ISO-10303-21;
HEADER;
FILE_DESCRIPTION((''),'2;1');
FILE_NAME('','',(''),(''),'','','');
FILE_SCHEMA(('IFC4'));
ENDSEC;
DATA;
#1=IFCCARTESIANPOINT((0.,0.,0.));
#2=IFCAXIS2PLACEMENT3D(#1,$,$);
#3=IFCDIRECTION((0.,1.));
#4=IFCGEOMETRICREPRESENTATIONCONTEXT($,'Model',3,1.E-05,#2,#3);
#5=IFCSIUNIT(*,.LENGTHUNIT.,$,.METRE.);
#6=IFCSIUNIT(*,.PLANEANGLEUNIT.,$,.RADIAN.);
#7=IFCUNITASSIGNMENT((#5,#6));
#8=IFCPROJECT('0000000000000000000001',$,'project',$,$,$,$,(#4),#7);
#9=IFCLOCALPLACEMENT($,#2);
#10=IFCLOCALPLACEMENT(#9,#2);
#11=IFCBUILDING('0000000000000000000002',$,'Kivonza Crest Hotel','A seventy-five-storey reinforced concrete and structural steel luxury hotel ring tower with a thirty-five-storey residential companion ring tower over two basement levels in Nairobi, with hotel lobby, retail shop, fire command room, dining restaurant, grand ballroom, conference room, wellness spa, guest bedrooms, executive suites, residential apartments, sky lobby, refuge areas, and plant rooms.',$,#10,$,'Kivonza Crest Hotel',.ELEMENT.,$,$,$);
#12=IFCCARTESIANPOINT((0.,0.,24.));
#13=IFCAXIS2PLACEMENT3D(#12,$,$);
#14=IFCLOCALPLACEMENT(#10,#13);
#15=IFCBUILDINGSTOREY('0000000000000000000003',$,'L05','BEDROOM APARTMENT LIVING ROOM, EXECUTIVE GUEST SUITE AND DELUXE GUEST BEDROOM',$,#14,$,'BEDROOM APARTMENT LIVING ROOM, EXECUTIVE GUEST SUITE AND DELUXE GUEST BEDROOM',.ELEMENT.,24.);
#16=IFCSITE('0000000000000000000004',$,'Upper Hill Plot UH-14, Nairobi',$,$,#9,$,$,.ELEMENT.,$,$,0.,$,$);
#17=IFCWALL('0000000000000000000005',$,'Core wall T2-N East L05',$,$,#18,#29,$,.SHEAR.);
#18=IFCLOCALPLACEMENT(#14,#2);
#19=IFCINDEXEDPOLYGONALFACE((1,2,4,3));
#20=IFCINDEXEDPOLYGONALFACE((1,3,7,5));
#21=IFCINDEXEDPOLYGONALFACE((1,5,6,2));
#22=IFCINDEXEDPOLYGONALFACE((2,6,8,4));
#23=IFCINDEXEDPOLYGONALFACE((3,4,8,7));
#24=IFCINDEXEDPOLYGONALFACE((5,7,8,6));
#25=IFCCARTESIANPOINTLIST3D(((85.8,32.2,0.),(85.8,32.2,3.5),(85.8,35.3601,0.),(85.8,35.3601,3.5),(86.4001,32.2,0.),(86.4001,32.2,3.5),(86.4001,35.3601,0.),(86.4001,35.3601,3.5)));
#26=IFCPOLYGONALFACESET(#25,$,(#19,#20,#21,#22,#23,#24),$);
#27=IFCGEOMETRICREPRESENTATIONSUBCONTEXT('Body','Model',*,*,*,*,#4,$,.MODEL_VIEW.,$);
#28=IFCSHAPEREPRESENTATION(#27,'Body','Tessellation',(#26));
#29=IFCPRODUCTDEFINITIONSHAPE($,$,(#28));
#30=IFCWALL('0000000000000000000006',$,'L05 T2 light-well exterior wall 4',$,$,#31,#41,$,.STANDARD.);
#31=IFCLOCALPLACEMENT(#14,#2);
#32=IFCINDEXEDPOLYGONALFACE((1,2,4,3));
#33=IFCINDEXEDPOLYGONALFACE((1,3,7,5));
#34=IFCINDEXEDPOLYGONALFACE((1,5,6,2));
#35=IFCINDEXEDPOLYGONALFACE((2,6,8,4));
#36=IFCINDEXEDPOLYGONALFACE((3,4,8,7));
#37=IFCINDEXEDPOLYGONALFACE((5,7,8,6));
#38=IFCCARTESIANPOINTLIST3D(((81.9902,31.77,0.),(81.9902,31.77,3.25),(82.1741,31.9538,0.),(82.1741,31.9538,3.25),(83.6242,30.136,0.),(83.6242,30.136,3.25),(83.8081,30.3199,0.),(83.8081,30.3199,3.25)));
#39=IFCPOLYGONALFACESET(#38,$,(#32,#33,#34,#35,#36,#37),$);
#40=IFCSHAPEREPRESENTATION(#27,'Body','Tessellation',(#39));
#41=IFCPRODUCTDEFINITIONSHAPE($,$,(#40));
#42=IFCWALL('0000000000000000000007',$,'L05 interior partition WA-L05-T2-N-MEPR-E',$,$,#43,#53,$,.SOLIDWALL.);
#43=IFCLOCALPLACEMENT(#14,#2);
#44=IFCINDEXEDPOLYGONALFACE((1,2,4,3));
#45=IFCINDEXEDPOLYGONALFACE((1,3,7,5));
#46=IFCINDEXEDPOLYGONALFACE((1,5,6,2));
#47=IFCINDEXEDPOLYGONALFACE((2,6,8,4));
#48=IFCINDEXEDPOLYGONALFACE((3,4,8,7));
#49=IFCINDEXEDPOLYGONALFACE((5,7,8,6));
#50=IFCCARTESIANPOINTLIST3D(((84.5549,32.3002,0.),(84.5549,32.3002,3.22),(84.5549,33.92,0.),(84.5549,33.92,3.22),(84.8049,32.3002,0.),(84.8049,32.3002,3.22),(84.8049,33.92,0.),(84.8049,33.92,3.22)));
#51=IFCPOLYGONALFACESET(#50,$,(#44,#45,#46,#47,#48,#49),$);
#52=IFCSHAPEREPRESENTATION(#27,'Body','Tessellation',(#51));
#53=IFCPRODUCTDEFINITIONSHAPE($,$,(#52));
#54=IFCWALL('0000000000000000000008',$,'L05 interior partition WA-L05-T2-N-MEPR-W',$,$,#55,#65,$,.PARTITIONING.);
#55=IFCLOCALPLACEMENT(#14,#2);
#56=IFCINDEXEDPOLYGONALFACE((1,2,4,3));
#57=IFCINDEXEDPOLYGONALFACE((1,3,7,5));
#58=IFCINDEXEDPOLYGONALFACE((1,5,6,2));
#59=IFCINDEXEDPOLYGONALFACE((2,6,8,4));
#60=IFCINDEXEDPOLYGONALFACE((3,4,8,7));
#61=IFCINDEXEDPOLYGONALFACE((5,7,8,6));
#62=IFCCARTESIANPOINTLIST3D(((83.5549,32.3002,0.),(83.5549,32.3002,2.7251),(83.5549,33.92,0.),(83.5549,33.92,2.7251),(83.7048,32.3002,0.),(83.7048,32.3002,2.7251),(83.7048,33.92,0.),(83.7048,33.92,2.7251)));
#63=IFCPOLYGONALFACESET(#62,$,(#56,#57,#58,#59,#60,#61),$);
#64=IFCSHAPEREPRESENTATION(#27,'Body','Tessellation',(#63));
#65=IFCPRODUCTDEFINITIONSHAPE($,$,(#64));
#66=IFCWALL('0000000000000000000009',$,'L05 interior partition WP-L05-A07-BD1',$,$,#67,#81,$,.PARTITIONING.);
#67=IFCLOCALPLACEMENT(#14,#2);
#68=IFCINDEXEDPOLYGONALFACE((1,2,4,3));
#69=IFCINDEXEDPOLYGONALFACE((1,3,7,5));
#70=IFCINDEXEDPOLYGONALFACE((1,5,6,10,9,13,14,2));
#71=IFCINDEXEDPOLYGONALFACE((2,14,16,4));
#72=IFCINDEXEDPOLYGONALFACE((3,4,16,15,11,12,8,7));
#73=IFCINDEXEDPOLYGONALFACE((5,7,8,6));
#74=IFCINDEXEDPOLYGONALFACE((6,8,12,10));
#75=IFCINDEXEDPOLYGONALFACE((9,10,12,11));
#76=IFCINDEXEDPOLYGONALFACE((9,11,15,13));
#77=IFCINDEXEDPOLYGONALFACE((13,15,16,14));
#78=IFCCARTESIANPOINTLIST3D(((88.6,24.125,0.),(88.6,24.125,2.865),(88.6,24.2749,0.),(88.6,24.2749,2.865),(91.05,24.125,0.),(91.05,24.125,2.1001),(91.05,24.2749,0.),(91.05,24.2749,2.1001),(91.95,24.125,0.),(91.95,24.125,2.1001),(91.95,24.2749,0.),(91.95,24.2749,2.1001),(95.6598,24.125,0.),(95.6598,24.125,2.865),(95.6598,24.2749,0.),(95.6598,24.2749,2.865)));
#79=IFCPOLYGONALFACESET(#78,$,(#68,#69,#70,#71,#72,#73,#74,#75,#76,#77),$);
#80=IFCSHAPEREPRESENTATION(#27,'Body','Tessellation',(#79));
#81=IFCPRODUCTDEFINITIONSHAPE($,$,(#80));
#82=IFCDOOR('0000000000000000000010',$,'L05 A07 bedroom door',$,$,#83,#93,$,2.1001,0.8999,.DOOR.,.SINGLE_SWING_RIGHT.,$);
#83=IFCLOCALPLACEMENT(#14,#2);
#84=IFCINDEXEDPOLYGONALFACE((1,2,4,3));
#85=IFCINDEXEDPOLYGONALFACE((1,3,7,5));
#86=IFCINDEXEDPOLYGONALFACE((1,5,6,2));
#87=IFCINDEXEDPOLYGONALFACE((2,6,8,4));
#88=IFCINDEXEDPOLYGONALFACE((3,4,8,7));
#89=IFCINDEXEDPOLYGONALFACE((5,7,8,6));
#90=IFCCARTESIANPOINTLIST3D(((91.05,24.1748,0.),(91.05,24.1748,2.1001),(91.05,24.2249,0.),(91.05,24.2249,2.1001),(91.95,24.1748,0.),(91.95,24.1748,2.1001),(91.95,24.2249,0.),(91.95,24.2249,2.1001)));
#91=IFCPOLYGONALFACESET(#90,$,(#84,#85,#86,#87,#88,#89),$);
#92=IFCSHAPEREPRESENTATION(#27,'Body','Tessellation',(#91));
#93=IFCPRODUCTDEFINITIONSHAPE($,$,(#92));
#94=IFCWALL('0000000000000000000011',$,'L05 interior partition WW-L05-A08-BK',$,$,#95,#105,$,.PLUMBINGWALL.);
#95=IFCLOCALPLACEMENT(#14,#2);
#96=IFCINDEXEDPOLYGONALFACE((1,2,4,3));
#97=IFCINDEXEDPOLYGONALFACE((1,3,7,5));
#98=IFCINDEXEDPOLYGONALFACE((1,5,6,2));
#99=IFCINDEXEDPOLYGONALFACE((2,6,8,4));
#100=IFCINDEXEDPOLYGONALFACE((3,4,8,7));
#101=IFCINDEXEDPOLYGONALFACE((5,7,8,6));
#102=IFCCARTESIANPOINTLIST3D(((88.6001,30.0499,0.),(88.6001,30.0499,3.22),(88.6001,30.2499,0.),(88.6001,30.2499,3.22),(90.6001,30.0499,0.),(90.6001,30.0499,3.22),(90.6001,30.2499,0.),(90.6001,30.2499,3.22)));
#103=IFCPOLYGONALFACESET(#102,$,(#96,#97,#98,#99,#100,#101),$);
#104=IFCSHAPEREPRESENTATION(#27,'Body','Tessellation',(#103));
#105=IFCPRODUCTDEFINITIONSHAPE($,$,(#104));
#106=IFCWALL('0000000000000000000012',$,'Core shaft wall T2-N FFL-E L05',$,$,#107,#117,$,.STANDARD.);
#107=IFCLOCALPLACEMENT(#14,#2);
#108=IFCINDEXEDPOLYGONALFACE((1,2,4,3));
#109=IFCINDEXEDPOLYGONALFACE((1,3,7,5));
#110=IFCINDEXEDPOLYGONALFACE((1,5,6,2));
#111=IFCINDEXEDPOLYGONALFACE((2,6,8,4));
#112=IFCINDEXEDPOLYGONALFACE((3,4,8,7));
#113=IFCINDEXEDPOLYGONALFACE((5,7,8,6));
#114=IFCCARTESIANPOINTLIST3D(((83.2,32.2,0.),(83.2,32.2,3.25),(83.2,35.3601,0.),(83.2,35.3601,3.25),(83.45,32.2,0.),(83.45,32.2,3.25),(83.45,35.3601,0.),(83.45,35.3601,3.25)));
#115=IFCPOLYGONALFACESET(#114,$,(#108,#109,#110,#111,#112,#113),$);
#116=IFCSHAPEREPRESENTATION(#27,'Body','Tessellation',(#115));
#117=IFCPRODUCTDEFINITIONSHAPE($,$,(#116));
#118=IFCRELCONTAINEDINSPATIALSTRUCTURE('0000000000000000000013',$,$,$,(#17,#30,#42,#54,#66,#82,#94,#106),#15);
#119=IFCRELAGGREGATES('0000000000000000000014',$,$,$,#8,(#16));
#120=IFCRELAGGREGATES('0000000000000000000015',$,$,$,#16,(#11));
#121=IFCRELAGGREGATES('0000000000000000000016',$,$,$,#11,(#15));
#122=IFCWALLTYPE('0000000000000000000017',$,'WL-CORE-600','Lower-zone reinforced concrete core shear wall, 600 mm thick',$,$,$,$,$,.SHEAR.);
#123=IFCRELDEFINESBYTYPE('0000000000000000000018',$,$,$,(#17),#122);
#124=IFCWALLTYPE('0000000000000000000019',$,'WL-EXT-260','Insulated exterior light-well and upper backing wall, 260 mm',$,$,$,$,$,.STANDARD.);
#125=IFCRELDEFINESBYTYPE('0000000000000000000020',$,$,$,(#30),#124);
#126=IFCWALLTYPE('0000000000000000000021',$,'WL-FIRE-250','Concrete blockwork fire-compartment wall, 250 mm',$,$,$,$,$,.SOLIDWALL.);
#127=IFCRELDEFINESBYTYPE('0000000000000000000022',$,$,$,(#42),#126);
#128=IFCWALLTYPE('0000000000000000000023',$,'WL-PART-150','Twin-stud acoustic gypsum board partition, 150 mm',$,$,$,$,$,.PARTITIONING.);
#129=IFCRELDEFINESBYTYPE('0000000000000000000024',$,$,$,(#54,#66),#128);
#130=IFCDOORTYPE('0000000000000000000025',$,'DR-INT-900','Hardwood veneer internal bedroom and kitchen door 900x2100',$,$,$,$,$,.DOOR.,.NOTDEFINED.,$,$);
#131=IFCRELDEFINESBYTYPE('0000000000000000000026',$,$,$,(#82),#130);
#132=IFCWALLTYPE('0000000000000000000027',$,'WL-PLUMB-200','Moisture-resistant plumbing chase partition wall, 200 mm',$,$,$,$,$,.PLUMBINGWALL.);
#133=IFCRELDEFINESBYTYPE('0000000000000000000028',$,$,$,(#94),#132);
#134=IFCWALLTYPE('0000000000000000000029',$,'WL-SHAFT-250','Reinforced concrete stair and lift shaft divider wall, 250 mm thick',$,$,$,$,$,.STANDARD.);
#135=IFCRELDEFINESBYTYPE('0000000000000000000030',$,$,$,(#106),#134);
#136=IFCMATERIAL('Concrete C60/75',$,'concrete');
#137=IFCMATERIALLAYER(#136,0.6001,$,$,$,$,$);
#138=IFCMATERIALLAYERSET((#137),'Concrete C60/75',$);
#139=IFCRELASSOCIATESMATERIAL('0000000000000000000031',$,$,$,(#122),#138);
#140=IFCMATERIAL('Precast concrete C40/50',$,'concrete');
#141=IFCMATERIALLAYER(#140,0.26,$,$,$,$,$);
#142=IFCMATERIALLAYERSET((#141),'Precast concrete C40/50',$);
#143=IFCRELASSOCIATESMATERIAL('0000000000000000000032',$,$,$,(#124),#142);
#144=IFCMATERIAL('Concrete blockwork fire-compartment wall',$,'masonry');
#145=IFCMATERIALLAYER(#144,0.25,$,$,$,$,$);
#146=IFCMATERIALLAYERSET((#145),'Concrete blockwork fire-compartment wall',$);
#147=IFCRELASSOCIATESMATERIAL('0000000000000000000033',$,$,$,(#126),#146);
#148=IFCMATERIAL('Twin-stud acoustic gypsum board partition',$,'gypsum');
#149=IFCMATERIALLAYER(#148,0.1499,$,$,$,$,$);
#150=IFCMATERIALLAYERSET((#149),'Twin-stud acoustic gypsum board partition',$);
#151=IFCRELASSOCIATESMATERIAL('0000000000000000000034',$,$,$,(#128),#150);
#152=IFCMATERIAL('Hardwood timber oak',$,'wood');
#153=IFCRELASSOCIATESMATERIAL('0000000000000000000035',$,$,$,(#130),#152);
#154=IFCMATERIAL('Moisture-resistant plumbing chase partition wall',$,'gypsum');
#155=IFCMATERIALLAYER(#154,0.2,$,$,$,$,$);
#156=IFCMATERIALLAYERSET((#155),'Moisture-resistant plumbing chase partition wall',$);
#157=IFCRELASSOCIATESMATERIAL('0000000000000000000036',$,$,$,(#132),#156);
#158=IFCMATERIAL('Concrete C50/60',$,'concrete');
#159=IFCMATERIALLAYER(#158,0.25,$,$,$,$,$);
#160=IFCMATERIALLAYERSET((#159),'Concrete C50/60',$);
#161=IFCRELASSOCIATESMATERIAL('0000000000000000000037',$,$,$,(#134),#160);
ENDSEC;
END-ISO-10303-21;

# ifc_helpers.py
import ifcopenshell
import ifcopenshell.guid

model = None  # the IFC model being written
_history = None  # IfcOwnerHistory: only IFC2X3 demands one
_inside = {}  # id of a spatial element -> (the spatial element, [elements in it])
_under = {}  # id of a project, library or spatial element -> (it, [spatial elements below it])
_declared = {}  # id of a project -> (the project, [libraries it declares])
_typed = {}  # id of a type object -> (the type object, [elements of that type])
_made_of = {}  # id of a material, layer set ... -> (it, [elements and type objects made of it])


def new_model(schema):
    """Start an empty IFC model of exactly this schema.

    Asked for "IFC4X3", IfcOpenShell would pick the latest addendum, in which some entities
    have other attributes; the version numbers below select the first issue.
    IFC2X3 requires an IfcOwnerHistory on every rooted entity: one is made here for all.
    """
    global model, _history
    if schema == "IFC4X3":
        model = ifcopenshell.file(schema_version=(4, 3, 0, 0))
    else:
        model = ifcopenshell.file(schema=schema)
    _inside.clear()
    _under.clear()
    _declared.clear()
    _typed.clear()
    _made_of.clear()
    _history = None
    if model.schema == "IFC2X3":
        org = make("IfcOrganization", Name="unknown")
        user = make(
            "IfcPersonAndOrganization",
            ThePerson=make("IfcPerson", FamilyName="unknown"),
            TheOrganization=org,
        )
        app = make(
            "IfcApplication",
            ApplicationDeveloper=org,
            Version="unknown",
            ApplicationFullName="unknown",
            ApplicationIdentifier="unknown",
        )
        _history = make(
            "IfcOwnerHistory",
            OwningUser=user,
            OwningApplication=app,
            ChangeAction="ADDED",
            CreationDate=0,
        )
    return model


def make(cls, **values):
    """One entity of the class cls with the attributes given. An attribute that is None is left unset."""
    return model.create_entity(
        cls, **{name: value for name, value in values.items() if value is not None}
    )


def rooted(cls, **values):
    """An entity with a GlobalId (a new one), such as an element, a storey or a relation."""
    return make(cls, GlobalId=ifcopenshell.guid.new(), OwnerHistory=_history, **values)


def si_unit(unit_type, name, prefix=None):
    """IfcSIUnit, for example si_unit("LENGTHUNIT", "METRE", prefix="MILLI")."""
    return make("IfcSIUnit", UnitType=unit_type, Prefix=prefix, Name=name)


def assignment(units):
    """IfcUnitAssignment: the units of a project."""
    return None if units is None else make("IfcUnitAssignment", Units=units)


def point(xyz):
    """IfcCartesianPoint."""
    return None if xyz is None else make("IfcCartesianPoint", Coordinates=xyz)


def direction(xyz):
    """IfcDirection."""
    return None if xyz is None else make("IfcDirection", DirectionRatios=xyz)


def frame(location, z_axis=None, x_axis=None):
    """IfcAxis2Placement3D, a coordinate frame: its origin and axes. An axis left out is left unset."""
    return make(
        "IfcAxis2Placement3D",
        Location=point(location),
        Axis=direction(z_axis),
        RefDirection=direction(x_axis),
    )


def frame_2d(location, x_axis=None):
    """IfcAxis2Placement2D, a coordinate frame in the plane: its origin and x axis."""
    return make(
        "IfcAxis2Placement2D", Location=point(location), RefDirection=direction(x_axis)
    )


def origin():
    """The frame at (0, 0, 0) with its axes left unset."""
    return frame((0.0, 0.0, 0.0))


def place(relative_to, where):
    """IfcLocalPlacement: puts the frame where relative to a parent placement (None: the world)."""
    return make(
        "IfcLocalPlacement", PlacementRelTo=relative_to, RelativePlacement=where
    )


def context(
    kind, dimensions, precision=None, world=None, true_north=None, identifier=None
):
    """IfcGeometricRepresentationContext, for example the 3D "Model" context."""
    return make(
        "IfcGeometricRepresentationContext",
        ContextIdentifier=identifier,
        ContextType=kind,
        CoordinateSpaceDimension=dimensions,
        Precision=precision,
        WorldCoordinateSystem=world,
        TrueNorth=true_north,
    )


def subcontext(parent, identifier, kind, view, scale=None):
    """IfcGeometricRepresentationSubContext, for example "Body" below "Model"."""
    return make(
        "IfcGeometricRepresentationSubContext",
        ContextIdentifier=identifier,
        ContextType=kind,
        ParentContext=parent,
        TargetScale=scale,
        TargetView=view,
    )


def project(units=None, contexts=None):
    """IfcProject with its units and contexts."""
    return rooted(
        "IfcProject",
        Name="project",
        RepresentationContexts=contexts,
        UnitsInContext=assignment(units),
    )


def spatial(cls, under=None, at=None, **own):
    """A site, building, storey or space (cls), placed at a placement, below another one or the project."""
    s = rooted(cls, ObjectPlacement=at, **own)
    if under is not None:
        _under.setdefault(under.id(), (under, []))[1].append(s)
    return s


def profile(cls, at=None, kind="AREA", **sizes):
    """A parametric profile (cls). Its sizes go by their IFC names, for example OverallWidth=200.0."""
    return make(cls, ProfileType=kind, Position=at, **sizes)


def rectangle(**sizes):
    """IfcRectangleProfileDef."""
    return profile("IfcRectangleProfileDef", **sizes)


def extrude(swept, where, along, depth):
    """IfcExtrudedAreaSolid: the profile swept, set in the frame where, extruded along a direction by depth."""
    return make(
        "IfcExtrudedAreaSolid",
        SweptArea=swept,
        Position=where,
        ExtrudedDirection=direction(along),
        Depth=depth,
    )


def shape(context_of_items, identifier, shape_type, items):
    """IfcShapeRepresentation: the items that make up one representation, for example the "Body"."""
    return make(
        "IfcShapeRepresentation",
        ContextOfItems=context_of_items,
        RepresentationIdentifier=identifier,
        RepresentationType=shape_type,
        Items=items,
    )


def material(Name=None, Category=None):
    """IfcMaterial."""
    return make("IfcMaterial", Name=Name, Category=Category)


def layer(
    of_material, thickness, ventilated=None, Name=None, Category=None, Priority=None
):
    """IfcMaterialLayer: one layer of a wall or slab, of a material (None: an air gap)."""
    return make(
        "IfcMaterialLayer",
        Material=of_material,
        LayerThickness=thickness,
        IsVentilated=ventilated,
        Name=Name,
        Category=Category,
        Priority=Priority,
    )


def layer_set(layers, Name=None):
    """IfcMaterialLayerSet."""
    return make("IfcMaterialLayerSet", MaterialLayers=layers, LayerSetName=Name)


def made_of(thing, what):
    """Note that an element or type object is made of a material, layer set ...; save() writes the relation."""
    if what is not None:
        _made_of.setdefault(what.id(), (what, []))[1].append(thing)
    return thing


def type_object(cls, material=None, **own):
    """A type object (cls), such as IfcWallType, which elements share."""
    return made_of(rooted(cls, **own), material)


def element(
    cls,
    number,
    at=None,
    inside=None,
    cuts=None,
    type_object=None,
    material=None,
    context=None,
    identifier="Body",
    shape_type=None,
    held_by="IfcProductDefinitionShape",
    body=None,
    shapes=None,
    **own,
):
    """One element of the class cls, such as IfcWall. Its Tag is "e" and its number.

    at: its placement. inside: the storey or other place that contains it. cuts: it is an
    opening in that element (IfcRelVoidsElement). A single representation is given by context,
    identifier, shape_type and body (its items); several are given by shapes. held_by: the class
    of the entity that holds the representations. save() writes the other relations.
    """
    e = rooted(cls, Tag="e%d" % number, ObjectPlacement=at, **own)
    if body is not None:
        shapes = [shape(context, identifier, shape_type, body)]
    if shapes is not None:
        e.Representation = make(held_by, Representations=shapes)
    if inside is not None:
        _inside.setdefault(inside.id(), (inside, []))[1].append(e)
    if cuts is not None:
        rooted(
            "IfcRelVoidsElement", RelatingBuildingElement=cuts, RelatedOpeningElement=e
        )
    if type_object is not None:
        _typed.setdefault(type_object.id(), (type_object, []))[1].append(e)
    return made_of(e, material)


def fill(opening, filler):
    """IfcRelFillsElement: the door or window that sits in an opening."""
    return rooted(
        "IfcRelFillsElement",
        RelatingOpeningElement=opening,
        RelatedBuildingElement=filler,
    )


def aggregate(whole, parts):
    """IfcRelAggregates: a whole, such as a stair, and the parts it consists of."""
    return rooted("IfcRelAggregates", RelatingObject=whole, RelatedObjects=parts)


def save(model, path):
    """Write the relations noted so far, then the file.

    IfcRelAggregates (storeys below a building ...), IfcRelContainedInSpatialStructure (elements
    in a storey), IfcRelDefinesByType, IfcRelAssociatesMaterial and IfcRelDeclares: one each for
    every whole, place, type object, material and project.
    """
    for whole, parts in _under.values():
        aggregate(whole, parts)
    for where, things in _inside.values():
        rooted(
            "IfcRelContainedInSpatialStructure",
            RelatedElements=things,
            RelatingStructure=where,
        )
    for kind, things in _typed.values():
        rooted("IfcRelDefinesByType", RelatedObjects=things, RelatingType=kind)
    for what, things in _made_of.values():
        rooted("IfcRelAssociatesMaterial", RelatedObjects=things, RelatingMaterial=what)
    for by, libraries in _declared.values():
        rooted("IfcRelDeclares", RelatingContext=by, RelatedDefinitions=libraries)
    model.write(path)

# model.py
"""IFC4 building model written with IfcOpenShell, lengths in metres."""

from ifc_helpers import new_model, si_unit, direction, frame, frame_2d, origin, place, context, subcontext, project, spatial, rectangle, extrude, material, layer, layer_set, type_object, element, fill, save


model = new_model("IFC4")

# Units and contexts
model_context = context("Model", 3, precision=1e-05, world=origin(), true_north=direction((0.0, 1.0)))
body_context = subcontext(model_context, "Body", "Model", "MODEL_VIEW")
ifc_project = project(units=[si_unit("LENGTHUNIT", "METRE"), si_unit("PLANEANGLEUNIT", "RADIAN")], contexts=[model_context])

# Site, building, storey
site_placement = place(None, origin())
site = spatial("IfcSite", under=ifc_project, at=site_placement, Name="Upper Hill Plot UH-14, Nairobi", CompositionType="ELEMENT", RefElevation=0.0)
building_placement = place(site_placement, origin())
building = spatial("IfcBuilding", under=site, at=building_placement, Name="Kivonza Crest Hotel", Description="A seventy-five-storey reinforced concrete and structural steel luxury hotel ring tower with a thirty-five-storey residential companion ring tower over two basement levels in Nairobi, with hotel lobby, retail shop, fire command room, dining restaurant, grand ballroom, conference room, wellness spa, guest bedrooms, executive suites, residential apartments, sky lobby, refuge areas, and plant rooms.", LongName="Kivonza Crest Hotel", CompositionType="ELEMENT")
storey_placement = place(building_placement, frame((0.0, 0.0, 24.0)))
storey = spatial("IfcBuildingStorey", under=building, at=storey_placement, Name="L05", Description="BEDROOM APARTMENT LIVING ROOM, EXECUTIVE GUEST SUITE AND DELUXE GUEST BEDROOM", LongName="BEDROOM APARTMENT LIVING ROOM, EXECUTIVE GUEST SUITE AND DELUXE GUEST BEDROOM", CompositionType="ELEMENT", Elevation=24.0)

# Shared definitions
ifc_material_1 = material(Name="Concrete C50/60", Category="concrete")

# Walls
ifc_material_2 = material(Name="Concrete C60/75", Category="concrete")
ifc_layer_1 = layer(ifc_material_2, 0.6001)
ifc_layer_set_1 = layer_set([ifc_layer_1], Name="Concrete C60/75")
wall_type_1 = type_object("IfcWallType", Name="WL-CORE-600", Description="Lower-zone reinforced concrete core shear wall, 600 mm thick", PredefinedType="SHEAR", material=ifc_layer_set_1)
wall_1_placement = place(storey_placement, frame((86.1001, 32.2, 0.0), z_axis=(0.0, 0.0, 1.0), x_axis=(0.0, 1.0, 0.0)))
element("IfcWall", 1, at=wall_1_placement, inside=storey, type_object=wall_type_1, Name="Core wall T2-N East L05", PredefinedType="SHEAR", context=body_context, shape_type="SweptSolid", body=[
    extrude(rectangle(XDim=3.1602, YDim=0.6001, at=frame_2d((1.5801, 0.0))), origin(), (0.0, 0.0, 1.0), 3.5),
])
ifc_material_3 = material(Name="Precast concrete C40/50", Category="concrete")
ifc_layer_2 = layer(ifc_material_3, 0.26)
ifc_layer_set_2 = layer_set([ifc_layer_2], Name="Precast concrete C40/50")
wall_type_2 = type_object("IfcWallType", Name="WL-EXT-260", Description="Insulated exterior light-well and upper backing wall, 260 mm", PredefinedType="STANDARD", material=ifc_layer_set_2)
wall_2_placement = place(storey_placement, frame((83.7161, 30.228, 0.0), z_axis=(0.0, 0.0, 1.0), x_axis=(-0.707107, 0.707107, 0.0)))
element("IfcWall", 2, at=wall_2_placement, inside=storey, type_object=wall_type_2, Name="L05 T2 light-well exterior wall 4", PredefinedType="STANDARD", context=body_context, shape_type="SweptSolid", body=[
    extrude(rectangle(XDim=2.3108, YDim=0.26, at=frame_2d((1.1553, 0.0))), origin(), (0.0, 0.0, 1.0), 3.25),
])
ifc_material_4 = material(Name="Concrete blockwork fire-compartment wall", Category="masonry")
ifc_layer_3 = layer(ifc_material_4, 0.25)
ifc_layer_set_3 = layer_set([ifc_layer_3], Name="Concrete blockwork fire-compartment wall")
wall_type_3 = type_object("IfcWallType", Name="WL-FIRE-250", Description="Concrete blockwork fire-compartment wall, 250 mm", PredefinedType="SOLIDWALL", material=ifc_layer_set_3)
wall_3_placement = place(storey_placement, frame((84.6799, 32.3, 0.0), z_axis=(0.0, 0.0, 1.0), x_axis=(0.0, 1.0, 0.0)))
element("IfcWall", 3, at=wall_3_placement, inside=storey, type_object=wall_type_3, Name="L05 interior partition WA-L05-T2-N-MEPR-E", PredefinedType="SOLIDWALL", context=body_context, shape_type="SweptSolid", body=[
    extrude(rectangle(XDim=1.6199, YDim=0.25, at=frame_2d((0.8101, 0.0))), origin(), (0.0, 0.0, 1.0), 3.22),
])
ifc_material_5 = material(Name="Twin-stud acoustic gypsum board partition", Category="gypsum")
ifc_layer_4 = layer(ifc_material_5, 0.1499)
ifc_layer_set_4 = layer_set([ifc_layer_4], Name="Twin-stud acoustic gypsum board partition")
wall_type_4 = type_object("IfcWallType", Name="WL-PART-150", Description="Twin-stud acoustic gypsum board partition, 150 mm", PredefinedType="PARTITIONING", material=ifc_layer_set_4)
wall_4_placement = place(storey_placement, frame((83.6299, 32.3, 0.0), z_axis=(0.0, 0.0, 1.0), x_axis=(0.0, 1.0, 0.0)))
element("IfcWall", 4, at=wall_4_placement, inside=storey, type_object=wall_type_4, Name="L05 interior partition WA-L05-T2-N-MEPR-W", PredefinedType="PARTITIONING", context=body_context, shape_type="SweptSolid", body=[
    extrude(rectangle(XDim=1.6199, YDim=0.1499, at=frame_2d((0.8101, 0.0))), origin(), (0.0, 0.0, 1.0), 2.7251),
])

# Wall, opening, door
wall_5_placement = place(storey_placement, frame((88.6001, 24.2, 0.0), z_axis=(0.0, 0.0, 1.0), x_axis=(1.0, 0.0, 0.0)))
wall_5 = element("IfcWall", 5, at=wall_5_placement, inside=storey, type_object=wall_type_4, Name="L05 interior partition WP-L05-A07-BD1", PredefinedType="PARTITIONING", context=body_context, shape_type="SweptSolid", body=[
    extrude(rectangle(XDim=7.0598, YDim=0.1499, at=frame_2d((3.5298, 0.0))), origin(), (0.0, 0.0, 1.0), 2.865),
])
opening_1_placement = place(wall_5_placement, frame((2.45, 0.0, 0.0)))
opening_1 = element("IfcOpeningElement", 6, at=opening_1_placement, cuts=wall_5, PredefinedType="OPENING", context=body_context, shape_type="SweptSolid", body=[
    extrude(rectangle(XDim=0.8999, YDim=2.1001, at=frame_2d((0.45, 1.05))), frame((0.0, 0.085, 0.0), z_axis=(0.0, -1.0, 0.0), x_axis=(1.0, 0.0, 0.0)), (0.0, 0.0, 1.0), 0.1699),
])
ifc_material_6 = material(Name="Hardwood timber oak", Category="wood")
door_type_1 = type_object("IfcDoorType", Name="DR-INT-900", Description="Hardwood veneer internal bedroom and kitchen door 900x2100", OperationType="NOTDEFINED", PredefinedType="DOOR", material=ifc_material_6)
door_1_placement = place(opening_1_placement, origin())
door_1 = element("IfcDoor", 7, at=door_1_placement, inside=storey, type_object=door_type_1, Name="L05 A07 bedroom door", OperationType="SINGLE_SWING_RIGHT", OverallHeight=2.1001, OverallWidth=0.8999, PredefinedType="DOOR", context=body_context, shape_type="SweptSolid", body=[
    extrude(rectangle(XDim=0.8999, YDim=2.1001, at=frame_2d((0.45, 1.05))), frame((0.0, 0.0249, 0.0), z_axis=(0.0, -1.0, 0.0), x_axis=(1.0, 0.0, 0.0)), (0.0, 0.0, 1.0), 0.05),
])
fill(opening_1, door_1)

# Wall
ifc_material_7 = material(Name="Moisture-resistant plumbing chase partition wall", Category="gypsum")
ifc_layer_5 = layer(ifc_material_7, 0.2)
ifc_layer_set_5 = layer_set([ifc_layer_5], Name="Moisture-resistant plumbing chase partition wall")
wall_type_5 = type_object("IfcWallType", Name="WL-PLUMB-200", Description="Moisture-resistant plumbing chase partition wall, 200 mm", PredefinedType="PLUMBINGWALL", material=ifc_layer_set_5)
wall_6_placement = place(storey_placement, frame((88.6001, 30.1499, 0.0), z_axis=(0.0, 0.0, 1.0), x_axis=(1.0, 0.0, 0.0)))
element("IfcWall", 8, at=wall_6_placement, inside=storey, type_object=wall_type_5, Name="L05 interior partition WW-L05-A08-BK", PredefinedType="PLUMBINGWALL", context=body_context, shape_type="SweptSolid", body=[
    extrude(rectangle(XDim=2.0, YDim=0.2, at=frame_2d((1.0, 0.0))), origin(), (0.0, 0.0, 1.0), 3.22),
])

# Shared definitions
ifc_layer_6 = layer(ifc_material_1, 0.25)
ifc_layer_set_6 = layer_set([ifc_layer_6], Name="Concrete C50/60")
wall_type_6 = type_object("IfcWallType", Name="WL-SHAFT-250", Description="Reinforced concrete stair and lift shaft divider wall, 250 mm thick", PredefinedType="STANDARD", material=ifc_layer_set_6)

# Wall
wall_7_placement = place(storey_placement, frame((83.325, 32.2, 0.0), z_axis=(0.0, 0.0, 1.0), x_axis=(0.0, 1.0, 0.0)))
element("IfcWall", 9, at=wall_7_placement, inside=storey, type_object=wall_type_6, Name="Core shaft wall T2-N FFL-E L05", PredefinedType="STANDARD", context=body_context, shape_type="SweptSolid", body=[
    extrude(rectangle(XDim=3.1602, YDim=0.25, at=frame_2d((1.5801, 0.0))), origin(), (0.0, 0.0, 1.0), 3.25),
])

save(model, "model.ifc")
